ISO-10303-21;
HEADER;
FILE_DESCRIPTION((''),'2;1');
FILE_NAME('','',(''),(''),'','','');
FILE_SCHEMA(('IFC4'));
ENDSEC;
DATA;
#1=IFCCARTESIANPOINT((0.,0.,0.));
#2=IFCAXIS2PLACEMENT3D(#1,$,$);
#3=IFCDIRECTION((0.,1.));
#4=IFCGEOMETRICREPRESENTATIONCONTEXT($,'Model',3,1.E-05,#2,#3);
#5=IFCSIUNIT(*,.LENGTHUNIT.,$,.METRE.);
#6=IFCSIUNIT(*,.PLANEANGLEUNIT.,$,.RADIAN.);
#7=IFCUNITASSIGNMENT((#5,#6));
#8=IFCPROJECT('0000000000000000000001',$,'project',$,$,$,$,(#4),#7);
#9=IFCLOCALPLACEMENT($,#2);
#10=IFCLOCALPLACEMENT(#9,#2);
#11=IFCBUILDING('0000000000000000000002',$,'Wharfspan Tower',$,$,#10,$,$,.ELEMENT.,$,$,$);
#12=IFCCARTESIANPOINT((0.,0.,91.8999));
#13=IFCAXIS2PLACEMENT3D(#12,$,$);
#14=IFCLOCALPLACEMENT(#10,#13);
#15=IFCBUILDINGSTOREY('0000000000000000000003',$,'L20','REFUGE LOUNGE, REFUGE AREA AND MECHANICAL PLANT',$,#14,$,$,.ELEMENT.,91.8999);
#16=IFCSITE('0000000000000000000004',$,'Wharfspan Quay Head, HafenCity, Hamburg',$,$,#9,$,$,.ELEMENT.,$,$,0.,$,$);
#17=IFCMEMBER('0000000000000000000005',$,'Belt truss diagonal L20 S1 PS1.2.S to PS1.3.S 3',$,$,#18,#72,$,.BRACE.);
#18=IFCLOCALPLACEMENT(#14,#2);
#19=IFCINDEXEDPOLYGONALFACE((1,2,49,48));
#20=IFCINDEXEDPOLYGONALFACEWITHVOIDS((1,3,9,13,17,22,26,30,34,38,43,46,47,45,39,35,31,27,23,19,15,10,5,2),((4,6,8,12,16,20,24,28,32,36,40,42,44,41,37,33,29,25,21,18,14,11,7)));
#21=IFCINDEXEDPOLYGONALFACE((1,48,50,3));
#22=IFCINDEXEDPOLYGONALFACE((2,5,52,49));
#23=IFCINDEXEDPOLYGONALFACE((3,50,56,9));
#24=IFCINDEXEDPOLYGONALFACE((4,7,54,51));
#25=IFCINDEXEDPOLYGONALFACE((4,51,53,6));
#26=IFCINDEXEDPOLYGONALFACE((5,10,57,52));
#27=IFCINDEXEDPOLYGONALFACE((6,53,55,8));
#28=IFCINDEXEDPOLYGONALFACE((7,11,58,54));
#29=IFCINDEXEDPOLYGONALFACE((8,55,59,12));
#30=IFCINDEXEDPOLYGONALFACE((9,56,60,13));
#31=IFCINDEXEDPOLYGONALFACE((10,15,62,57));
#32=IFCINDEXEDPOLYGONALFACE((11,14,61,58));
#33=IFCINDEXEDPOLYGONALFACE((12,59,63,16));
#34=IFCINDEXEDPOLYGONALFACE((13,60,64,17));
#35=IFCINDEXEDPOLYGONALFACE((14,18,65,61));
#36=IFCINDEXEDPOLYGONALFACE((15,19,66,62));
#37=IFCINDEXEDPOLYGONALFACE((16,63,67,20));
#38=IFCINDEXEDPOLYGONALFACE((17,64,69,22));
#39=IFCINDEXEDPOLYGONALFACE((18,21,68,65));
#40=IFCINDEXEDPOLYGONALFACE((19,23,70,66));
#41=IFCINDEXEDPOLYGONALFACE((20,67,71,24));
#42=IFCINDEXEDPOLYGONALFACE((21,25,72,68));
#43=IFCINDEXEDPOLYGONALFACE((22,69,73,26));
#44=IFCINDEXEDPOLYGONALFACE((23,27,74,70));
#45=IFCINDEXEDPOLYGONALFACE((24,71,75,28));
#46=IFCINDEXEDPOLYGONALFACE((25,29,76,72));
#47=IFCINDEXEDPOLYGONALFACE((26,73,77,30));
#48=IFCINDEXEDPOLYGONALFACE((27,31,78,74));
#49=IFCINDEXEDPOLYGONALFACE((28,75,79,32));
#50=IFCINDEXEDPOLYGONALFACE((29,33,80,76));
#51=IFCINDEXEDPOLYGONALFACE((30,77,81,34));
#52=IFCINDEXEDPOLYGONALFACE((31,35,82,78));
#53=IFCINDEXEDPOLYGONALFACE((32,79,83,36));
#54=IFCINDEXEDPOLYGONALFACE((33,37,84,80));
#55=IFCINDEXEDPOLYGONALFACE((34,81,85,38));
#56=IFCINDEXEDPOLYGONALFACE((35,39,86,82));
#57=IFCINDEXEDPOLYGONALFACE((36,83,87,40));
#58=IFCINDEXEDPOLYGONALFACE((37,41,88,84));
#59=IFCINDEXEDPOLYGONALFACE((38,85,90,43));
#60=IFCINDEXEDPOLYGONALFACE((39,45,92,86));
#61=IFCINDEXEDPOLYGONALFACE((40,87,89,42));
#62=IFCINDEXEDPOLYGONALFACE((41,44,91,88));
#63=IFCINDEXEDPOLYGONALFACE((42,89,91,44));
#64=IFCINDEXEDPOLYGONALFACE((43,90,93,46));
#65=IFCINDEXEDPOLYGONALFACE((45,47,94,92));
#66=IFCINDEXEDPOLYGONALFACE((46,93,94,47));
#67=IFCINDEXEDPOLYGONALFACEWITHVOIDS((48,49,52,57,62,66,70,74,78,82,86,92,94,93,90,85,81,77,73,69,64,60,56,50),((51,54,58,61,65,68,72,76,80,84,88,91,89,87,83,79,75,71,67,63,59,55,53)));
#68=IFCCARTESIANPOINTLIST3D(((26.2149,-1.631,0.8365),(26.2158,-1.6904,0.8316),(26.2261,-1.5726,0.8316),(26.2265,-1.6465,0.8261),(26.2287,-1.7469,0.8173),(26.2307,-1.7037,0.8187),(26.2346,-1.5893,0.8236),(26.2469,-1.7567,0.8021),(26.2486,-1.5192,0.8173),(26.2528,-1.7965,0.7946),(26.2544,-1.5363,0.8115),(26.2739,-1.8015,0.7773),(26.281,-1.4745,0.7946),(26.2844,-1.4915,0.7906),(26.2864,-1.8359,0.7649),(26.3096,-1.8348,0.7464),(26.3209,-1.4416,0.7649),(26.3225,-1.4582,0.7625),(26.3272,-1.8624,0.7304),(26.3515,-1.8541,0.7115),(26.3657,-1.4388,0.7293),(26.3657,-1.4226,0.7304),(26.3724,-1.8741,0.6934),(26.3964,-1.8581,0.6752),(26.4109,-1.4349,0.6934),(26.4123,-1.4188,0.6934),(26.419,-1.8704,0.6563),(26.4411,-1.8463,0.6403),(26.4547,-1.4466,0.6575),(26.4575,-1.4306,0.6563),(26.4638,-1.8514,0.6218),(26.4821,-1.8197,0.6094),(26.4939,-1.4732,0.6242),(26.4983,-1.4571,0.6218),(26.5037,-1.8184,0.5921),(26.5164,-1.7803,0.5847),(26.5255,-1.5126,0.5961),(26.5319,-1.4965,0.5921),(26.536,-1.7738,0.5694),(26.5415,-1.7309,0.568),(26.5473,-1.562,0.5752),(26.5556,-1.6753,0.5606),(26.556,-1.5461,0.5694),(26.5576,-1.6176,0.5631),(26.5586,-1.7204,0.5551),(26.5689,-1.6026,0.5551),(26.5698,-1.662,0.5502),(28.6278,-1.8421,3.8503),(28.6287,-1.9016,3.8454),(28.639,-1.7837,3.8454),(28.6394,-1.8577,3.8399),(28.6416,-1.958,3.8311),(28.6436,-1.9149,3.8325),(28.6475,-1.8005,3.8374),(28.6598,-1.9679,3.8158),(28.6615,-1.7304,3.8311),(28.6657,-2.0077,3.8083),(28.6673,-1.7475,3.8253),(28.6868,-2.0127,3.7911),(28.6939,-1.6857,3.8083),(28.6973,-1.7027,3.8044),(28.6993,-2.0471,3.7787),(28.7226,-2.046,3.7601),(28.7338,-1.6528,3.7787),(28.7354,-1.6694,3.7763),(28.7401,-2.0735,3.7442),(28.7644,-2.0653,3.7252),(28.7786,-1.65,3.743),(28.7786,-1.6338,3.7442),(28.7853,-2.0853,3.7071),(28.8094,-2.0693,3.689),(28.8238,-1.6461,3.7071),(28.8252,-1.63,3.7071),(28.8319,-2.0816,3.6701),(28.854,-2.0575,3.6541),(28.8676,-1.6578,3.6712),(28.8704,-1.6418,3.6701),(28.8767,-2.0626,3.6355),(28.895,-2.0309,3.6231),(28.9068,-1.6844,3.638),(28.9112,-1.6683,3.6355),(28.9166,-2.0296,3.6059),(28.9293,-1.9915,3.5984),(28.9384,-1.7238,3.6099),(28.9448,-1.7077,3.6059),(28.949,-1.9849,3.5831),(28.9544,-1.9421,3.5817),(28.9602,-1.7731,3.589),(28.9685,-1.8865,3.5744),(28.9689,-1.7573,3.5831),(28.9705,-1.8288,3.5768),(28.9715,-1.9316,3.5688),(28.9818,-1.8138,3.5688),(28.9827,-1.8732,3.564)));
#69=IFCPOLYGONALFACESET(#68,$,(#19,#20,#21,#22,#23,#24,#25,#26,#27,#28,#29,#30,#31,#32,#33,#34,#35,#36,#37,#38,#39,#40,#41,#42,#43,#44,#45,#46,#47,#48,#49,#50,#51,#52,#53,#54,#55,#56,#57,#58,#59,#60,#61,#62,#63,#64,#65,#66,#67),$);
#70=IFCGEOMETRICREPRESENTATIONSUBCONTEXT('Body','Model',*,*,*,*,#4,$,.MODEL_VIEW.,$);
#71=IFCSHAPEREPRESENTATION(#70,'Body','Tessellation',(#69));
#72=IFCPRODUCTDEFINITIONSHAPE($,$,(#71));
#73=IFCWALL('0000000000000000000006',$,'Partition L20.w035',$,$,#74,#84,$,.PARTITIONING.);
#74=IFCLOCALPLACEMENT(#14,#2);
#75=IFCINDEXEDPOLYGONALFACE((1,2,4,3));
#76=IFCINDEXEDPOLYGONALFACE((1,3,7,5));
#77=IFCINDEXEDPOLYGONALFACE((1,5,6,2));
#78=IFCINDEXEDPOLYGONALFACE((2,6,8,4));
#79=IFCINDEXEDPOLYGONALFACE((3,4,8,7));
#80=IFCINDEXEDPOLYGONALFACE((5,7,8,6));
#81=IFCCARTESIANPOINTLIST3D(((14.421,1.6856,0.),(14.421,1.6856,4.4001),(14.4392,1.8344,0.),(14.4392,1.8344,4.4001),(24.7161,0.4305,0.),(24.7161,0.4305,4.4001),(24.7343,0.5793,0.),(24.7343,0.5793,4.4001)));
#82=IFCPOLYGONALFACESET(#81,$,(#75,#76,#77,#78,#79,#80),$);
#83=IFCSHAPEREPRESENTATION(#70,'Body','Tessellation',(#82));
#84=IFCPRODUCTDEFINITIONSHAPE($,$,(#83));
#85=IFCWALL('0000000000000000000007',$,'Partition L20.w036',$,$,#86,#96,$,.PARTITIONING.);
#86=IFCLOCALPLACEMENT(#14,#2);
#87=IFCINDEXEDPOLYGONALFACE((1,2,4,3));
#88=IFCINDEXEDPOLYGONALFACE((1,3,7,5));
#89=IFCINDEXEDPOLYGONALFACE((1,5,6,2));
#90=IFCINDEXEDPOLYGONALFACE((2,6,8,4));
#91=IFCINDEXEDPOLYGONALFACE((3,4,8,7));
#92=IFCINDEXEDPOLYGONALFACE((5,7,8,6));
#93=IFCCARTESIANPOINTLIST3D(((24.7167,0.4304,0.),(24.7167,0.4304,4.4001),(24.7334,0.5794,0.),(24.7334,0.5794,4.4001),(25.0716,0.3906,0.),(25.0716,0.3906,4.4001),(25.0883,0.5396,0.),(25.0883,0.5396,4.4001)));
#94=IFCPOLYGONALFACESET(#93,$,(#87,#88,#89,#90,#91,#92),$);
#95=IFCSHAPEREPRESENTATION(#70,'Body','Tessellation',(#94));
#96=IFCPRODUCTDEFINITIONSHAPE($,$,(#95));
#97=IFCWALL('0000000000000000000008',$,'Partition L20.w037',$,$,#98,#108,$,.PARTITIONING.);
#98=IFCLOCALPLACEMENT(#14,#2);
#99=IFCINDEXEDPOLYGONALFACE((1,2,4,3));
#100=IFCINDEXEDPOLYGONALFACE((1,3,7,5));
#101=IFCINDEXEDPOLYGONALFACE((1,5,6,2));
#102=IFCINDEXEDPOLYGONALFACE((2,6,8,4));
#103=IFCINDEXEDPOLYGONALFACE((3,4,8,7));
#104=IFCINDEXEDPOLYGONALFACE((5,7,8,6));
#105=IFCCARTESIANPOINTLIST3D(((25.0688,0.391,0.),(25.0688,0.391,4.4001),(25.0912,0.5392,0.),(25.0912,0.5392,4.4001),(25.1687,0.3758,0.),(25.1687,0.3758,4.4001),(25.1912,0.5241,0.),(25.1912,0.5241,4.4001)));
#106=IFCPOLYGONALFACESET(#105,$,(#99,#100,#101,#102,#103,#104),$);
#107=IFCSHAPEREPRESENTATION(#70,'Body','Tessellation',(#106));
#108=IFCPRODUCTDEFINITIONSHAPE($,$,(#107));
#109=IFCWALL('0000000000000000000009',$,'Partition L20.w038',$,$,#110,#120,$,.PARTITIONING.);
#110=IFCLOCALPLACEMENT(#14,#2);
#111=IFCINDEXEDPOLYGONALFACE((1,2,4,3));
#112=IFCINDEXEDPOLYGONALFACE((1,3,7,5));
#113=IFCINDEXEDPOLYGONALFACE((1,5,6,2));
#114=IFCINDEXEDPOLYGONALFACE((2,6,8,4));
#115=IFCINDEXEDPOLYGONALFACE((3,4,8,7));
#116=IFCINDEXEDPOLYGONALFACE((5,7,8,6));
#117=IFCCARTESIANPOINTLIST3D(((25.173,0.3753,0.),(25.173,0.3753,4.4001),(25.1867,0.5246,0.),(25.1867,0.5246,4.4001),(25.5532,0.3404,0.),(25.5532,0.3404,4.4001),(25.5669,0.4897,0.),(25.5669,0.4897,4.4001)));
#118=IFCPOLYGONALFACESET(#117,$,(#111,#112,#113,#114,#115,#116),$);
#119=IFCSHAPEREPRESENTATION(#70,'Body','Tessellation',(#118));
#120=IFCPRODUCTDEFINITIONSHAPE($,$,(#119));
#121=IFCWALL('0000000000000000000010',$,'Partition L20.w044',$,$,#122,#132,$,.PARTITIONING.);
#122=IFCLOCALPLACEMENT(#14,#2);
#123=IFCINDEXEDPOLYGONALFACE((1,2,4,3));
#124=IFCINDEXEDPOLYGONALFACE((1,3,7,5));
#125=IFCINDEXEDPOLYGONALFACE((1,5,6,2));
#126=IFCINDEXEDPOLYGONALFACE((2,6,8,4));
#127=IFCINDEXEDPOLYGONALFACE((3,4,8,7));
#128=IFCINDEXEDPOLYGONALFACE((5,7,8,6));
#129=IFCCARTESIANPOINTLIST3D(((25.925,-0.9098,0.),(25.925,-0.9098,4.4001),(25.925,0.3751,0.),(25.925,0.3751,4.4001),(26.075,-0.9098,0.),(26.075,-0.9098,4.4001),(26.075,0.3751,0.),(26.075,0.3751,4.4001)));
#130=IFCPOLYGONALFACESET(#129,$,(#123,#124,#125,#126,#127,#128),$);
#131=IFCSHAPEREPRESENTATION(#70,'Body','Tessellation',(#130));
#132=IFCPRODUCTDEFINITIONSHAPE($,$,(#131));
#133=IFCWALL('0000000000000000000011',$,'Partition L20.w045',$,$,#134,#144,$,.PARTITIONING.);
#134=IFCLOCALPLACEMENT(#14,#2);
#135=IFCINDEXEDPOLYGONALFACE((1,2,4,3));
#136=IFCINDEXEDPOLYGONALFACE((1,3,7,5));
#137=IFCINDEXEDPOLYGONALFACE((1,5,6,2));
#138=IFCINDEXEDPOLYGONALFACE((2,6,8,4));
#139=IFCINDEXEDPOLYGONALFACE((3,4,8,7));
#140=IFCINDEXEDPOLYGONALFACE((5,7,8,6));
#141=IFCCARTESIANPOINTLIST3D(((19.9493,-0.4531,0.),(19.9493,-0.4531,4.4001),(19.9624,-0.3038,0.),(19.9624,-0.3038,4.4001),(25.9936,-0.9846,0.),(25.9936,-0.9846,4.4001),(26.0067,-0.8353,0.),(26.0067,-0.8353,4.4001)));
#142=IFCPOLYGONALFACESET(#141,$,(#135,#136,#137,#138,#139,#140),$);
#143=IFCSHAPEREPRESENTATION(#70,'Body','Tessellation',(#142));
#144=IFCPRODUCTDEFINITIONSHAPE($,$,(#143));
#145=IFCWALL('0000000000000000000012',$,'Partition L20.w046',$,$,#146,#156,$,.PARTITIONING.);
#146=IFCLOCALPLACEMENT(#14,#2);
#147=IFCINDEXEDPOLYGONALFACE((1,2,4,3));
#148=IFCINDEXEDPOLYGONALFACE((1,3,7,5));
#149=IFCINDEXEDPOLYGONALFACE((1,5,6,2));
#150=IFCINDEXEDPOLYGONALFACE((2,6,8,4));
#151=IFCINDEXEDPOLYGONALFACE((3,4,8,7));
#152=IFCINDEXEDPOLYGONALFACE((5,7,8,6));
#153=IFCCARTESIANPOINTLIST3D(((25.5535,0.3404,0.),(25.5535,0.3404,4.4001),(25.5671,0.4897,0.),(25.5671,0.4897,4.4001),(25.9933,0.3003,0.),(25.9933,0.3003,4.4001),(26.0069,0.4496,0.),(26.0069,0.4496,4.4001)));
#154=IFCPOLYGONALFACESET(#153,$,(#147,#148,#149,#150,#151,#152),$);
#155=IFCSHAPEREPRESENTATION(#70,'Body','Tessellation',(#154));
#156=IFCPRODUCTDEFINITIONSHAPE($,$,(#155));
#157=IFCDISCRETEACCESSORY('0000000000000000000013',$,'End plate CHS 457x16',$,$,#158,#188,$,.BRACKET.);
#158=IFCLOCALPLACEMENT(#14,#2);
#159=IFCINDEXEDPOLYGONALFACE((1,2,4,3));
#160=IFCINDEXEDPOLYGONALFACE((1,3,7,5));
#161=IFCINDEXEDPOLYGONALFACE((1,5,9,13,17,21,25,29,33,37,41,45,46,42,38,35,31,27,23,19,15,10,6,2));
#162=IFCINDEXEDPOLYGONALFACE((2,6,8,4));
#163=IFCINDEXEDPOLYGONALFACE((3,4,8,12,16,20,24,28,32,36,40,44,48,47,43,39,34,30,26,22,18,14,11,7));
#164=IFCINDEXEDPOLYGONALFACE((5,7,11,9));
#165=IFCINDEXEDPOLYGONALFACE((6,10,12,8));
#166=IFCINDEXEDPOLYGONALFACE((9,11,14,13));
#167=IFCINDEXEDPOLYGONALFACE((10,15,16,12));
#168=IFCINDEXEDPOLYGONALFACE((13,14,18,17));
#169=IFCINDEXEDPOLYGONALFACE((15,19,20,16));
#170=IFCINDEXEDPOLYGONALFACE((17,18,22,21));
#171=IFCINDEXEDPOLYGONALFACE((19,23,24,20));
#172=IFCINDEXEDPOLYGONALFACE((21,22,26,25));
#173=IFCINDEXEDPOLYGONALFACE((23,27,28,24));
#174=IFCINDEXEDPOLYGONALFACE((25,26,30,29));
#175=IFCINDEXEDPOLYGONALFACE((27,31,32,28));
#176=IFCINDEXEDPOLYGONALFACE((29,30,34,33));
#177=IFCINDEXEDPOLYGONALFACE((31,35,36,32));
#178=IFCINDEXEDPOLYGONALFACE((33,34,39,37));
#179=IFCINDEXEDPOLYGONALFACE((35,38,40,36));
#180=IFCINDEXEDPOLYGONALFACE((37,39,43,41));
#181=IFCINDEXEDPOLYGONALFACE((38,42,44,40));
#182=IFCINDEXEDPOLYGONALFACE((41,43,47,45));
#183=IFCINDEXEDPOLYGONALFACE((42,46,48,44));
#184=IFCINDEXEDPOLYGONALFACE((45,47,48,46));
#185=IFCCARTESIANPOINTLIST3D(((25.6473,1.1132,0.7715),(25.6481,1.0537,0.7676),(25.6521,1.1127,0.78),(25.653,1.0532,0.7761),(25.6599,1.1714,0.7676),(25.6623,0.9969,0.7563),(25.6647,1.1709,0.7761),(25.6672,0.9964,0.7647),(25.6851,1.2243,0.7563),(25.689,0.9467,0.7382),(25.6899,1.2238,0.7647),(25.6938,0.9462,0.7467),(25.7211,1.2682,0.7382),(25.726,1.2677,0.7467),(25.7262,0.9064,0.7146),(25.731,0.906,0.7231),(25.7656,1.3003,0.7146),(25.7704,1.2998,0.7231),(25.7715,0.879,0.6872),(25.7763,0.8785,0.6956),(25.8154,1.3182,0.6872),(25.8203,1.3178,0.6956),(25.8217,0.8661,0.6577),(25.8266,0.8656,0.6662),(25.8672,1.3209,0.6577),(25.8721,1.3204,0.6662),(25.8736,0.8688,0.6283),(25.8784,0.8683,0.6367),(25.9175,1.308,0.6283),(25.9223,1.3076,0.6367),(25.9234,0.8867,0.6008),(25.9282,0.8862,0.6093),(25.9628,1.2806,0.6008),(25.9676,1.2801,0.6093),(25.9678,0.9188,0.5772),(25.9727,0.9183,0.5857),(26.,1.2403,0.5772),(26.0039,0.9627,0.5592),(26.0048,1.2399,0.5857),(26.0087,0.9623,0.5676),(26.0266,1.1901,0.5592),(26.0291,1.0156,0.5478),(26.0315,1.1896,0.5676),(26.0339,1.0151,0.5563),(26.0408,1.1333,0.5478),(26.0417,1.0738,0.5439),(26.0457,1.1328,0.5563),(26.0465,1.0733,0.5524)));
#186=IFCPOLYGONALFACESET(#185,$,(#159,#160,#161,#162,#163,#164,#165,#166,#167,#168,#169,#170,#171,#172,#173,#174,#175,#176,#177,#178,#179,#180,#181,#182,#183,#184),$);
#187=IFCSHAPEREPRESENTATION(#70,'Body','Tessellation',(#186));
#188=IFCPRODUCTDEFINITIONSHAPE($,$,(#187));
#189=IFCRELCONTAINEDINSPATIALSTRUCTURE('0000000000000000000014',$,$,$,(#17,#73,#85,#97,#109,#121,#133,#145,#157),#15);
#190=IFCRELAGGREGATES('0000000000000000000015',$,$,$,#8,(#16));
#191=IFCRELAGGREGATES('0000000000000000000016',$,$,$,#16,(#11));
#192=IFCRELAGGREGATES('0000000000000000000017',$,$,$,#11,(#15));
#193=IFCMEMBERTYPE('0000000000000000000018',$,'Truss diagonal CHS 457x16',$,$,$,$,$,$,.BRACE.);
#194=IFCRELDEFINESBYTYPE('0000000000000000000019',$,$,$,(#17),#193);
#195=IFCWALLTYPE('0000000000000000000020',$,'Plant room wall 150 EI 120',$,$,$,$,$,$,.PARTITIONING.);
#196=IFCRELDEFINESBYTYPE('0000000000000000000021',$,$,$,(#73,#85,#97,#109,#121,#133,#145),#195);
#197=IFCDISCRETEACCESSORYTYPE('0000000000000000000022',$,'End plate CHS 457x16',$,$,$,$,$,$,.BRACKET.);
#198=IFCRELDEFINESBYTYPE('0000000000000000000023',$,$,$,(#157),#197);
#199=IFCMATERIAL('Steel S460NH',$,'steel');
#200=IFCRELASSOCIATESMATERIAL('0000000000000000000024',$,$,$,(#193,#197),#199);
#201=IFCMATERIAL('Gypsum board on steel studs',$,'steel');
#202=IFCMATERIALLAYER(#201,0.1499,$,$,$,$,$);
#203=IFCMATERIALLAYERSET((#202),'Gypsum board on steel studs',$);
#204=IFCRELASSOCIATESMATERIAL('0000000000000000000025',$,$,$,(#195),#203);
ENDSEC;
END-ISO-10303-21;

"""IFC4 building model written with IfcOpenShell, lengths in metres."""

from ifc_helpers import new_model, si_unit, direction, frame, frame_2d, origin, origin_2d, place, context, subcontext, project, spatial, rectangle, circle, hollow_circle, extrude, material, layer, layer_set, material_profile, profile_set, type_object, element, save


model = new_model("IFC4")

# Units and contexts
model_context = context("Model", 3, precision=1e-05, world=origin(), true_north=direction((0.0, 1.0)))
body_context = subcontext(model_context, "Body", "Model", "MODEL_VIEW")
ifc_project = project(units=[si_unit("LENGTHUNIT", "METRE"), si_unit("PLANEANGLEUNIT", "RADIAN")], contexts=[model_context])

# Site, building, storey
site_placement = place(None, origin())
site = spatial("IfcSite", under=ifc_project, at=site_placement, Name="Wharfspan Quay Head, HafenCity, Hamburg", CompositionType="ELEMENT", RefElevation=0.0)
building_placement = place(site_placement, origin())
building = spatial("IfcBuilding", under=site, at=building_placement, Name="Wharfspan Tower", CompositionType="ELEMENT")
storey_placement = place(building_placement, frame((0.0, 0.0, 91.8999)))
storey = spatial("IfcBuildingStorey", under=building, at=storey_placement, Name="L20", Description="REFUGE LOUNGE, REFUGE AREA AND MECHANICAL PLANT", CompositionType="ELEMENT", Elevation=91.8999)

# Member
ifc_material_1 = material(Name="Steel S460NH", Category="steel")
ifc_material_profile_1 = material_profile(ifc_material_1, hollow_circle(Radius=0.2285, WallThickness=0.0161, at=origin_2d()))
ifc_profile_set_1 = profile_set([ifc_material_profile_1], Name="Steel S460NH")
member_type_1 = type_object("IfcMemberType", Name="Truss diagonal CHS 457x16", PredefinedType="BRACE", material=ifc_profile_set_1)
member_1_placement = place(storey_placement, frame((26.3923, -1.6465, 0.6934), z_axis=(0.624063, -0.05462, 0.779463), x_axis=(0.087191, 0.99619, -0.000001)))
element("IfcMember", 1, at=member_1_placement, inside=storey, type_object=member_type_1, Name="Belt truss diagonal L20 S1 PS1.2.S to PS1.3.S 3", PredefinedType="BRACE", context=body_context, shape_type="SweptSolid", body=[
    extrude(hollow_circle(Radius=0.2285, WallThickness=0.0161, at=origin_2d()), origin(), (0.0, 0.0, 1.0), 3.8665),
])

# Walls
ifc_material_2 = material(Name="Gypsum board on steel studs", Category="steel")
ifc_layer = layer(ifc_material_2, 0.1499)
ifc_layer_set = layer_set([ifc_layer], Name="Gypsum board on steel studs")
wall_type = type_object("IfcWallType", Name="Plant room wall 150 EI 120", PredefinedType="PARTITIONING", material=ifc_layer_set)
wall_1_placement = place(storey_placement, frame((24.7251, 0.5049, 0.0), z_axis=(0.0, 0.0, 1.0), x_axis=(-0.992649, 0.121018, 0.0)))
element("IfcWall", 2, at=wall_1_placement, inside=storey, type_object=wall_type, Name="Partition L20.w035", PredefinedType="PARTITIONING", context=body_context, shape_type="SweptSolid", body=[
    extrude(rectangle(XDim=10.3713, YDim=0.1499, at=frame_2d((5.1855, 0.0))), origin(), (0.0, 0.0, 1.0), 4.4001),
])
wall_2_placement = place(storey_placement, frame((25.0801, 0.4651, 0.0), z_axis=(0.0, 0.0, 1.0), x_axis=(-0.993778, 0.111407, 0.0)))
element("IfcWall", 3, at=wall_2_placement, inside=storey, type_object=wall_type, Name="Partition L20.w036", PredefinedType="PARTITIONING", context=body_context, shape_type="SweptSolid", body=[
    extrude(rectangle(XDim=0.3572, YDim=0.1499, at=frame_2d((0.1787, 0.0))), origin(), (0.0, 0.0, 1.0), 4.4001),
])
wall_3_placement = place(storey_placement, frame((25.1799, 0.45, 0.0), z_axis=(0.0, 0.0, 1.0), x_axis=(-0.988705, 0.149877, 0.0)))
element("IfcWall", 4, at=wall_3_placement, inside=storey, type_object=wall_type, Name="Partition L20.w037", PredefinedType="PARTITIONING", context=body_context, shape_type="SweptSolid", body=[
    extrude(rectangle(XDim=0.1011, YDim=0.1499, at=frame_2d((0.0505, 0.0))), origin(), (0.0, 0.0, 1.0), 4.4001),
])
wall_4_placement = place(storey_placement, frame((25.5601, 0.415, 0.0), z_axis=(0.0, 0.0, 1.0), x_axis=(-0.995805, 0.091458, 0.0)))
element("IfcWall", 5, at=wall_4_placement, inside=storey, type_object=wall_type, Name="Partition L20.w038", PredefinedType="PARTITIONING", context=body_context, shape_type="SweptSolid", body=[
    extrude(rectangle(XDim=0.3818, YDim=0.1499, at=frame_2d((0.1909, 0.0))), origin(), (0.0, 0.0, 1.0), 4.4001),
])
wall_5_placement = place(storey_placement, frame((26.0, -0.9099, 0.0), z_axis=(0.0, 0.0, 1.0), x_axis=(0.0, 1.0, 0.0)))
element("IfcWall", 6, at=wall_5_placement, inside=storey, type_object=wall_type, Name="Partition L20.w044", PredefinedType="PARTITIONING", context=body_context, shape_type="SweptSolid", body=[
    extrude(rectangle(XDim=1.2849, YDim=0.1499, at=frame_2d((0.6426, 0.0))), origin(), (0.0, 0.0, 1.0), 4.4001),
])
wall_6_placement = place(storey_placement, frame((26.0, -0.9099, 0.0), z_axis=(0.0, 0.0, 1.0), x_axis=(-0.996159, 0.087597, 0.0)))
element("IfcWall", 7, at=wall_6_placement, inside=storey, type_object=wall_type, Name="Partition L20.w045", PredefinedType="PARTITIONING", context=body_context, shape_type="SweptSolid", body=[
    extrude(rectangle(XDim=6.0676, YDim=0.1499, at=frame_2d((3.0337, 0.0))), origin(), (0.0, 0.0, 1.0), 4.4001),
])
wall_7_placement = place(storey_placement, frame((26.0, 0.375, 0.0), z_axis=(0.0, 0.0, 1.0), x_axis=(-0.99588, 0.090635, 0.0)))
element("IfcWall", 8, at=wall_7_placement, inside=storey, type_object=wall_type, Name="Partition L20.w046", PredefinedType="PARTITIONING", context=body_context, shape_type="SweptSolid", body=[
    extrude(rectangle(XDim=0.4416, YDim=0.1499, at=frame_2d((0.2207, 0.0))), origin(), (0.0, 0.0, 1.0), 4.4001),
])

# Discrete accessory
ifc_material_profile_2 = material_profile(ifc_material_1, circle(Radius=0.2285, at=origin_2d()))
ifc_profile_set_2 = profile_set([ifc_material_profile_2], Name="Steel S460NH")
discrete_accessory_type_1 = type_object("IfcDiscreteAccessoryType", Name="End plate CHS 457x16", PredefinedType="BRACKET", material=ifc_profile_set_2)
discrete_accessory_1_placement = place(storey_placement, frame((25.8445, 1.0935, 0.6577), z_axis=(0.495529, -0.049553, 0.867177), x_axis=(0.099504, 0.995038, 0.0)))
element("IfcDiscreteAccessory", 9, at=discrete_accessory_1_placement, inside=storey, type_object=discrete_accessory_type_1, Name="End plate CHS 457x16", PredefinedType="BRACKET", context=body_context, shape_type="SweptSolid", body=[
    extrude(circle(Radius=0.2285, at=origin_2d()), origin(), (0.0, 0.0, 1.0), 0.0098),
])

save(model, "model.ifc")
